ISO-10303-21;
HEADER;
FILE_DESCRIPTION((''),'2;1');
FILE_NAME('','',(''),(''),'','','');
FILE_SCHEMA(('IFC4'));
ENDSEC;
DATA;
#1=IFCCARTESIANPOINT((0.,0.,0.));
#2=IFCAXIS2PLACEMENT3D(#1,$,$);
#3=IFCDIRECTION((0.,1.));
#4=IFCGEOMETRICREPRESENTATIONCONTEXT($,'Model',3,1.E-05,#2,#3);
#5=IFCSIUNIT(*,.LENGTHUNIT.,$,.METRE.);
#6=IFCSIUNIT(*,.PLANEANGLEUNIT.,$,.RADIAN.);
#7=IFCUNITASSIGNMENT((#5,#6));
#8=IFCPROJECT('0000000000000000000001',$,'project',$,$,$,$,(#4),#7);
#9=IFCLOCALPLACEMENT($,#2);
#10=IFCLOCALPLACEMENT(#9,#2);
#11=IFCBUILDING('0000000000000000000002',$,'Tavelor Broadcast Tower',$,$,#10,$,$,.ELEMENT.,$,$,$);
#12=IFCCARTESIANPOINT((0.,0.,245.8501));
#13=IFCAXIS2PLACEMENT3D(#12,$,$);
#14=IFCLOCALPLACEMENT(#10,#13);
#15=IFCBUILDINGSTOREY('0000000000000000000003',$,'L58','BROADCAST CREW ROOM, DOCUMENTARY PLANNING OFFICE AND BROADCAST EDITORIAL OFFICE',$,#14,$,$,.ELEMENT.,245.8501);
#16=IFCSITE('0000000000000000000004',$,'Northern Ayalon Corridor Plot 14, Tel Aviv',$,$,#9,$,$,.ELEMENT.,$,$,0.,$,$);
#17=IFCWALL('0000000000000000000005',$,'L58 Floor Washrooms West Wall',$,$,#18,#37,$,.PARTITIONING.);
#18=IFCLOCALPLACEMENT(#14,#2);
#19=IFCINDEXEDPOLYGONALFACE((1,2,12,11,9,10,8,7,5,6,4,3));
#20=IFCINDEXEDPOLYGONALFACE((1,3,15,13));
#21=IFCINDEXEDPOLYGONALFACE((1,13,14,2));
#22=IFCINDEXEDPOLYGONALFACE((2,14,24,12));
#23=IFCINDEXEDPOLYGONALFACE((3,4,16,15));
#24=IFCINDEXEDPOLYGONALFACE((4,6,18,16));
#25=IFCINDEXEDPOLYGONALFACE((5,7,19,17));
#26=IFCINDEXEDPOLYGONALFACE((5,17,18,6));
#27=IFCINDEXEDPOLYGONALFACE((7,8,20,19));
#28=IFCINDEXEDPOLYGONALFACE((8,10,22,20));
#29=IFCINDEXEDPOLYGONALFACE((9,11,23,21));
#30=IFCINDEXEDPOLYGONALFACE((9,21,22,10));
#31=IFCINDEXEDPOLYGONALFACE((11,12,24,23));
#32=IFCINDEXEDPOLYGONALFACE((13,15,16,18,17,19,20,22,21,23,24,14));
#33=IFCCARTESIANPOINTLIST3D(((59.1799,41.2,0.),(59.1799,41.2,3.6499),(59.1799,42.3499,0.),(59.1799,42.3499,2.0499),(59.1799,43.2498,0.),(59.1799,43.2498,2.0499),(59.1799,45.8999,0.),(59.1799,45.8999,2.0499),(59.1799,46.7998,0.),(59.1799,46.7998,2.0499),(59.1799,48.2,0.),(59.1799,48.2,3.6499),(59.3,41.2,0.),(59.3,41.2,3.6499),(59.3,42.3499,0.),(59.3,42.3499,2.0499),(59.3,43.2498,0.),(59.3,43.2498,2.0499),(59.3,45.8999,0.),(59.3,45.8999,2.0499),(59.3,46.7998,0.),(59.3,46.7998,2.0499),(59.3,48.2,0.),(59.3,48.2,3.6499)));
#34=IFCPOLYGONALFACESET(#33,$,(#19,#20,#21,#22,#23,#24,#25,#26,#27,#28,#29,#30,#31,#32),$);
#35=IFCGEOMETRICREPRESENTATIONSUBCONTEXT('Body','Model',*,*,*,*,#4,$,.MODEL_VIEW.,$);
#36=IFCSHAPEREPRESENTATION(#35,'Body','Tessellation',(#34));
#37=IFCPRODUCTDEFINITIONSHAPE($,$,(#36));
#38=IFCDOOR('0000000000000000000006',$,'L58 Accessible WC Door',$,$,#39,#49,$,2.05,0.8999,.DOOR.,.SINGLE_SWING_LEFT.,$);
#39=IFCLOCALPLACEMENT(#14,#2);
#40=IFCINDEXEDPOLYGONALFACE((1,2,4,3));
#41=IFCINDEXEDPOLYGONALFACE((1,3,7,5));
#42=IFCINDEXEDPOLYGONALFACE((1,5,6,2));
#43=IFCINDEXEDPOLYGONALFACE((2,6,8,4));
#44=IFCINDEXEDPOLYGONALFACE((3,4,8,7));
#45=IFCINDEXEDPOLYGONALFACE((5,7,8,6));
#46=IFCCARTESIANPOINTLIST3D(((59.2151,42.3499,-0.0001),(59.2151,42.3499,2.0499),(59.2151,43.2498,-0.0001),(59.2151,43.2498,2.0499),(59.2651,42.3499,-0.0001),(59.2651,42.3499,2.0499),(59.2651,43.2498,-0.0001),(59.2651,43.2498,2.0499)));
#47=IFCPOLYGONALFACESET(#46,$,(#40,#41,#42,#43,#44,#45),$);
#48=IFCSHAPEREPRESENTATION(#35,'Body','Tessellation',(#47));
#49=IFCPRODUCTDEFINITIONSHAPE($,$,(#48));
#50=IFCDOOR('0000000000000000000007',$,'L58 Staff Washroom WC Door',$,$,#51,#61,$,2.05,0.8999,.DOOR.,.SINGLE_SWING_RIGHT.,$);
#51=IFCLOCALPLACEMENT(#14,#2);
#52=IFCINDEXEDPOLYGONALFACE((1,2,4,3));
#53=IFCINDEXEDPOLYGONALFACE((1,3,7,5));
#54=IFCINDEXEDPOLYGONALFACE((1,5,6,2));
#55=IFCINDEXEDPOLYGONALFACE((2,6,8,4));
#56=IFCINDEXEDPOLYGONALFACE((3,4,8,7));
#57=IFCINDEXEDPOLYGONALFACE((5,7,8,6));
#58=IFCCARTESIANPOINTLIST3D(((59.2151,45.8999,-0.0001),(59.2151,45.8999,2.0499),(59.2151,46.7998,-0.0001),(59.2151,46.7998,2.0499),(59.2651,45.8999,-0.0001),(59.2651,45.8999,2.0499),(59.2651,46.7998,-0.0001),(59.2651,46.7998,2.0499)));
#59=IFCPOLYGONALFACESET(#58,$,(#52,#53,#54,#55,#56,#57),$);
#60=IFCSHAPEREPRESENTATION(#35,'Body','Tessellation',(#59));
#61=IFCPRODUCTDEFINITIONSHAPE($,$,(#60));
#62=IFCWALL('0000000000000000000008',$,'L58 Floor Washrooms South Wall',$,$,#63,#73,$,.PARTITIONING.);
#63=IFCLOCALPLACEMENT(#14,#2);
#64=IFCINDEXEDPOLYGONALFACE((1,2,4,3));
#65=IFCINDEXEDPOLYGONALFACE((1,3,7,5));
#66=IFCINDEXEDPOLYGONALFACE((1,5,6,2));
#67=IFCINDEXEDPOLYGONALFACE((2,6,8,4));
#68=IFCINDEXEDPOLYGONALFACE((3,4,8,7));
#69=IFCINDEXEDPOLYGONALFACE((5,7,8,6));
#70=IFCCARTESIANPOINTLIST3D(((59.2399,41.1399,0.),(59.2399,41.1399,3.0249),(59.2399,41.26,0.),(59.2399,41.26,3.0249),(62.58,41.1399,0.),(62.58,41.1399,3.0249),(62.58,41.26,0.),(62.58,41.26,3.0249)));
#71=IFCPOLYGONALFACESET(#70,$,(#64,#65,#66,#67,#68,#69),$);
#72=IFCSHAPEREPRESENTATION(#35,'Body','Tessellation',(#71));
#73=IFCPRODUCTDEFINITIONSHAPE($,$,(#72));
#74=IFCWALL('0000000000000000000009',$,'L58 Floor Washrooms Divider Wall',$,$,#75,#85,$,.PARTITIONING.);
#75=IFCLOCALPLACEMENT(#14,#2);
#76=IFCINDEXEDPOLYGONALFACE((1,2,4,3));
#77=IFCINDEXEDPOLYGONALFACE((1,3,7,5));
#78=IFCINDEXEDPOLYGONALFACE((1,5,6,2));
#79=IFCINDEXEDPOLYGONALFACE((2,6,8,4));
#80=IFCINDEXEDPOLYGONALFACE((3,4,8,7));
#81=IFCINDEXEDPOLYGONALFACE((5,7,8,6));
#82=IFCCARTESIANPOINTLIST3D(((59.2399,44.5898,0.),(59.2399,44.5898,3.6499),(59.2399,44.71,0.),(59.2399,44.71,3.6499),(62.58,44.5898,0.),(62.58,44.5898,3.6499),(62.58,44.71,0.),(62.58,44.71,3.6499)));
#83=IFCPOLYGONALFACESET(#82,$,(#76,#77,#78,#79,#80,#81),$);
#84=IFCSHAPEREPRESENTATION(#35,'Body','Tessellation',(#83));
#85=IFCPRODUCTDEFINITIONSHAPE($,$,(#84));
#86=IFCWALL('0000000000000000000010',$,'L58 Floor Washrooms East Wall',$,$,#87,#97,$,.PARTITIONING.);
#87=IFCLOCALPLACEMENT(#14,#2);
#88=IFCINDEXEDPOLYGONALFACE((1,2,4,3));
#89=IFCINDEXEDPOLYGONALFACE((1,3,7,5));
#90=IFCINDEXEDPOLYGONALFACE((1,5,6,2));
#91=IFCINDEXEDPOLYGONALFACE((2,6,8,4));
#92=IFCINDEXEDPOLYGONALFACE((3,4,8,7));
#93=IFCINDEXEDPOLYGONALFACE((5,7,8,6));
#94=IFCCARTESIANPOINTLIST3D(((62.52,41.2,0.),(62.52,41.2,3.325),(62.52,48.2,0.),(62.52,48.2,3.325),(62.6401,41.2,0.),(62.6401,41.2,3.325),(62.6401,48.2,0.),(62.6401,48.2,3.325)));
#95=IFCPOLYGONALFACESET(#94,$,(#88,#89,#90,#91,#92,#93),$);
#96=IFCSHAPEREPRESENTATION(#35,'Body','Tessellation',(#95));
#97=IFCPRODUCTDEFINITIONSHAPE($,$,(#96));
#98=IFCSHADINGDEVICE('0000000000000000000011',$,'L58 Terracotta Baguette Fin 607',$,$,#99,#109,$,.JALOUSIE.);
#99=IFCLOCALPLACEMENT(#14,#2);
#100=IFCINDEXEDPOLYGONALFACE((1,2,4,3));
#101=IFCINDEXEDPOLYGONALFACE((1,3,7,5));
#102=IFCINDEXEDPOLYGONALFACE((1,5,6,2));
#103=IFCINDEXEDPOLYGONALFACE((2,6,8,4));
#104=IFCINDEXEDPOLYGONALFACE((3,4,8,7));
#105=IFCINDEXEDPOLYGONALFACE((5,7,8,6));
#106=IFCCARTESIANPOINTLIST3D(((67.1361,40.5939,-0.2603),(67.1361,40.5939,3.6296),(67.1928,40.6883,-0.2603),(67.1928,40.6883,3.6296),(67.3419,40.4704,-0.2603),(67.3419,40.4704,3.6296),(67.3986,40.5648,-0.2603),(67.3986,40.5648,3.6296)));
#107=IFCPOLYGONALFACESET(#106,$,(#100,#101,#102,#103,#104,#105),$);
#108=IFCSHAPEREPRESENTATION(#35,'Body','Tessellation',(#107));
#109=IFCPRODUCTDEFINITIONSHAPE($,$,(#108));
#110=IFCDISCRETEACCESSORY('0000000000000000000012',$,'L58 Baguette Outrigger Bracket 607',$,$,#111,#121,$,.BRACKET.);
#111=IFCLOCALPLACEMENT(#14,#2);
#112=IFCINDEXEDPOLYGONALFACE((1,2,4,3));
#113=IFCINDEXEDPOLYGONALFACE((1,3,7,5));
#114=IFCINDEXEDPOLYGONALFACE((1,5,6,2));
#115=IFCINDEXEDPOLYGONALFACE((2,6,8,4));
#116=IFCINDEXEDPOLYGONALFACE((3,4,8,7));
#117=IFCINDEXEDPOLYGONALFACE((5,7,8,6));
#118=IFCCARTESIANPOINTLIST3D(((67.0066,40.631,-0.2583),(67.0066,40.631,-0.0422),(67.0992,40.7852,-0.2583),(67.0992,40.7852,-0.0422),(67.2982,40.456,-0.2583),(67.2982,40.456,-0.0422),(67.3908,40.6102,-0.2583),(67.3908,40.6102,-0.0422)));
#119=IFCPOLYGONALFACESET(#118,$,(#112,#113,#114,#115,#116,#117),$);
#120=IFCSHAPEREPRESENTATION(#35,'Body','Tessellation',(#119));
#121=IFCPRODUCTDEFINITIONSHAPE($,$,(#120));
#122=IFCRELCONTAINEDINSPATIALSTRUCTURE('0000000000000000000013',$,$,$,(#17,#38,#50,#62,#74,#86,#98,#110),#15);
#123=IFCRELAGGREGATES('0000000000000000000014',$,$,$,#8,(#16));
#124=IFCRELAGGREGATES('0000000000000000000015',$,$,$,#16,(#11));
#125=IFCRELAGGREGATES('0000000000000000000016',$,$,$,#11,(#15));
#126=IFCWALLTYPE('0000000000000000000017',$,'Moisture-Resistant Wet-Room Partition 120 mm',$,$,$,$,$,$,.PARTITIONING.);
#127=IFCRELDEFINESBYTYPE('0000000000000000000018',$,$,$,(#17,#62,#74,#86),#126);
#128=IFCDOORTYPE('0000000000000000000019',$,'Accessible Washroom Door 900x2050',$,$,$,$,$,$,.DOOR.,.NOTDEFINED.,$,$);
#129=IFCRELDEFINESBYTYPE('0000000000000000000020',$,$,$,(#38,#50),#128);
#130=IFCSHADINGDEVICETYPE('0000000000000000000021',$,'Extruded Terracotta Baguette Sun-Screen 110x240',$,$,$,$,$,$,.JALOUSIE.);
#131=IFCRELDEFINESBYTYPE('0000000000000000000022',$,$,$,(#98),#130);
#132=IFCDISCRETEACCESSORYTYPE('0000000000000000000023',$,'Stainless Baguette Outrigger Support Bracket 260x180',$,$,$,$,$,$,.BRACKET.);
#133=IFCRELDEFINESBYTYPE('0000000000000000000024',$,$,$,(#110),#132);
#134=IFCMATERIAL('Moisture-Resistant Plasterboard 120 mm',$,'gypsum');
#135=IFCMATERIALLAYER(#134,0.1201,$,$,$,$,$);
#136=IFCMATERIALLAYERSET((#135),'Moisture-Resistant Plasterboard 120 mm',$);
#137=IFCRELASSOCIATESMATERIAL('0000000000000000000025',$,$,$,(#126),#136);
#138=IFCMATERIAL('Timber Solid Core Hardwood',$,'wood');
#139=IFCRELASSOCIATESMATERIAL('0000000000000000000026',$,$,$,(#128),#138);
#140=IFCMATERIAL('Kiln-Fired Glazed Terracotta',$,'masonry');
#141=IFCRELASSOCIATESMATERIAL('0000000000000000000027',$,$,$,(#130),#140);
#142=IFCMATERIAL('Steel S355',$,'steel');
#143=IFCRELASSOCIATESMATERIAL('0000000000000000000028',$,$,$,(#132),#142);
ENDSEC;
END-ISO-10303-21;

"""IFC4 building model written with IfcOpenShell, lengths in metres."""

from ifc_helpers import new_model, si_unit, direction, frame, frame_2d, origin, origin_2d, place, context, subcontext, project, spatial, rectangle, extrude, source, transform, mapped, material, layer, layer_set, type_object, type_shapes, element, fill, save


model = new_model("IFC4")

# Units and contexts
model_context = context("Model", 3, precision=1e-05, world=origin(), true_north=direction((0.0, 1.0)))
body_context = subcontext(model_context, "Body", "Model", "MODEL_VIEW")
ifc_project = project(units=[si_unit("LENGTHUNIT", "METRE"), si_unit("PLANEANGLEUNIT", "RADIAN")], contexts=[model_context])

# Site, building, storey
site_placement = place(None, origin())
site = spatial("IfcSite", under=ifc_project, at=site_placement, Name="Northern Ayalon Corridor Plot 14, Tel Aviv", CompositionType="ELEMENT", RefElevation=0.0)
building_placement = place(site_placement, origin())
building = spatial("IfcBuilding", under=site, at=building_placement, Name="Tavelor Broadcast Tower", CompositionType="ELEMENT")
storey_placement = place(building_placement, frame((0.0, 0.0, 245.8501)))
storey = spatial("IfcBuildingStorey", under=building, at=storey_placement, Name="L58", Description="BROADCAST CREW ROOM, DOCUMENTARY PLANNING OFFICE AND BROADCAST EDITORIAL OFFICE", CompositionType="ELEMENT", Elevation=245.8501)

# Shared definitions
ifc_material_1 = material(Name="Steel S355", Category="steel")

# Shared definitions
ifc_material_2 = material(Name="Timber Solid Core Hardwood", Category="wood")

# Wall, openings, doors
ifc_material_3 = material(Name="Moisture-Resistant Plasterboard 120 mm", Category="gypsum")
ifc_layer_1 = layer(ifc_material_3, 0.1201)
ifc_layer_set_1 = layer_set([ifc_layer_1], Name="Moisture-Resistant Plasterboard 120 mm")
wall_type_1 = type_object("IfcWallType", Name="Moisture-Resistant Wet-Room Partition 120 mm", PredefinedType="PARTITIONING", material=ifc_layer_set_1)
wall_1_placement = place(storey_placement, frame((59.24, 41.2, 0.0), z_axis=(0.0, 0.0, 1.0), x_axis=(0.0, 1.0, 0.0)))
wall_1 = element("IfcWall", 1, at=wall_1_placement, inside=storey, type_object=wall_type_1, Name="L58 Floor Washrooms West Wall", PredefinedType="PARTITIONING", context=body_context, shape_type="SweptSolid", body=[
    extrude(rectangle(XDim=7.0, YDim=0.1201, at=frame_2d((3.5, 0.0))), origin(), (0.0, 0.0, 1.0), 3.6499),
])
opening_1_placement = place(wall_1_placement, frame((1.1499, 0.0, 0.0)))
opening_1 = element("IfcOpeningElement", 2, at=opening_1_placement, cuts=wall_1, PredefinedType="OPENING", context=body_context, shape_type="SweptSolid", body=[
    extrude(rectangle(XDim=0.8999, YDim=2.05, at=frame_2d((0.45, 1.0249))), frame((0.0, 0.0701, 0.0), z_axis=(0.0, -1.0, 0.0), x_axis=(1.0, 0.0, 0.0)), (0.0, 0.0, 1.0), 0.1401),
])
opening_2_placement = place(wall_1_placement, frame((4.7, 0.0, 0.0)))
opening_2 = element("IfcOpeningElement", 3, at=opening_2_placement, cuts=wall_1, PredefinedType="OPENING", context=body_context, shape_type="SweptSolid", body=[
    extrude(rectangle(XDim=0.8999, YDim=2.05, at=frame_2d((0.45, 1.0249))), frame((0.0, 0.0701, 0.0), z_axis=(0.0, -1.0, 0.0), x_axis=(1.0, 0.0, 0.0)), (0.0, 0.0, 1.0), 0.1401),
])
door_type_1 = type_object("IfcDoorType", Name="Accessible Washroom Door 900x2050", OperationType="NOTDEFINED", PredefinedType="DOOR", material=ifc_material_2)
door_1_placement = place(opening_1_placement, origin())
door_1 = element("IfcDoor", 4, at=door_1_placement, inside=storey, type_object=door_type_1, Name="L58 Accessible WC Door", OperationType="SINGLE_SWING_LEFT", OverallHeight=2.05, OverallWidth=0.8999, PredefinedType="DOOR", context=body_context, shape_type="SweptSolid", body=[
    extrude(rectangle(XDim=0.8999, YDim=2.05, at=frame_2d((0.45, 1.0249))), frame((0.0, 0.0249, 0.0), z_axis=(0.0, -1.0, 0.0), x_axis=(1.0, 0.0, 0.0)), (0.0, 0.0, 1.0), 0.05),
])
fill(opening_1, door_1)
door_2_placement = place(opening_2_placement, origin())
door_2 = element("IfcDoor", 5, at=door_2_placement, inside=storey, type_object=door_type_1, Name="L58 Staff Washroom WC Door", OperationType="SINGLE_SWING_RIGHT", OverallHeight=2.05, OverallWidth=0.8999, PredefinedType="DOOR", context=body_context, shape_type="SweptSolid", body=[
    extrude(rectangle(XDim=0.8999, YDim=2.05, at=frame_2d((0.45, 1.0249))), frame((0.0, 0.0249, 0.0), z_axis=(0.0, -1.0, 0.0), x_axis=(1.0, 0.0, 0.0)), (0.0, 0.0, 1.0), 0.05),
])
fill(opening_2, door_2)

# Walls
wall_2_placement = place(storey_placement, frame((59.24, 41.2, 0.0), z_axis=(0.0, 0.0, 1.0), x_axis=(1.0, 0.0, 0.0)))
element("IfcWall", 6, at=wall_2_placement, inside=storey, type_object=wall_type_1, Name="L58 Floor Washrooms South Wall", PredefinedType="PARTITIONING", context=body_context, shape_type="SweptSolid", body=[
    extrude(rectangle(XDim=3.3401, YDim=0.1201, at=frame_2d((1.6699, 0.0))), origin(), (0.0, 0.0, 1.0), 3.0249),
])
wall_3_placement = place(storey_placement, frame((59.24, 44.6499, 0.0), z_axis=(0.0, 0.0, 1.0), x_axis=(1.0, 0.0, 0.0)))
element("IfcWall", 7, at=wall_3_placement, inside=storey, type_object=wall_type_1, Name="L58 Floor Washrooms Divider Wall", PredefinedType="PARTITIONING", context=body_context, shape_type="SweptSolid", body=[
    extrude(rectangle(XDim=3.3401, YDim=0.1201, at=frame_2d((1.6699, 0.0))), origin(), (0.0, 0.0, 1.0), 3.6499),
])
wall_4_placement = place(storey_placement, frame((62.5801, 41.2, 0.0), z_axis=(0.0, 0.0, 1.0), x_axis=(0.0, 1.0, 0.0)))
element("IfcWall", 8, at=wall_4_placement, inside=storey, type_object=wall_type_1, Name="L58 Floor Washrooms East Wall", PredefinedType="PARTITIONING", context=body_context, shape_type="SweptSolid", body=[
    extrude(rectangle(XDim=7.0, YDim=0.1201, at=frame_2d((3.5, 0.0))), origin(), (0.0, 0.0, 1.0), 3.325),
])

# Shading device
ifc_material_4 = material(Name="Kiln-Fired Glazed Terracotta", Category="masonry")
shading_device_type = type_object("IfcShadingDeviceType", Name="Extruded Terracotta Baguette Sun-Screen 110x240", PredefinedType="JALOUSIE", material=ifc_material_4)
shared_shape_1 = source(origin(), body_context, "Body", "SweptSolid", [
    extrude(rectangle(XDim=0.1101, YDim=0.24, at=origin_2d()), origin(), (0.0, 0.0, 1.0), 3.8899),
])
type_shapes(shading_device_type, [shared_shape_1])
shading_device_placement = place(storey_placement, frame((67.2673, 40.5793, -0.2603), z_axis=(0.0, 0.0, 1.0), x_axis=(0.514589, 0.857437, 0.0)))
element("IfcShadingDevice", 9, at=shading_device_placement, inside=storey, type_object=shading_device_type, Name="L58 Terracotta Baguette Fin 607", PredefinedType="JALOUSIE", context=body_context, shape_type="MappedRepresentation", body=[
    mapped(shared_shape_1, transform((0.0, 0.0, 0.0), scale=1.0)),
])

# Discrete accessory
discrete_accessory_type = type_object("IfcDiscreteAccessoryType", Name="Stainless Baguette Outrigger Support Bracket 260x180", PredefinedType="BRACKET", material=ifc_material_1)
shared_shape_2 = source(origin(), body_context, "Body", "SweptSolid", [
    extrude(rectangle(XDim=0.1799, YDim=0.3401, at=origin_2d()), origin(), (0.0, 0.0, 1.0), 0.2161),
])
type_shapes(discrete_accessory_type, [shared_shape_2])
discrete_accessory_placement = place(storey_placement, frame((67.1987, 40.6206, -0.2583), z_axis=(0.0, 0.0, 1.0), x_axis=(0.514589, 0.857437, 0.0)))
element("IfcDiscreteAccessory", 10, at=discrete_accessory_placement, inside=storey, type_object=discrete_accessory_type, Name="L58 Baguette Outrigger Bracket 607", PredefinedType="BRACKET", context=body_context, shape_type="MappedRepresentation", body=[
    mapped(shared_shape_2, transform((0.0, 0.0, 0.0), scale=1.0)),
])

save(model, "model.ifc")
